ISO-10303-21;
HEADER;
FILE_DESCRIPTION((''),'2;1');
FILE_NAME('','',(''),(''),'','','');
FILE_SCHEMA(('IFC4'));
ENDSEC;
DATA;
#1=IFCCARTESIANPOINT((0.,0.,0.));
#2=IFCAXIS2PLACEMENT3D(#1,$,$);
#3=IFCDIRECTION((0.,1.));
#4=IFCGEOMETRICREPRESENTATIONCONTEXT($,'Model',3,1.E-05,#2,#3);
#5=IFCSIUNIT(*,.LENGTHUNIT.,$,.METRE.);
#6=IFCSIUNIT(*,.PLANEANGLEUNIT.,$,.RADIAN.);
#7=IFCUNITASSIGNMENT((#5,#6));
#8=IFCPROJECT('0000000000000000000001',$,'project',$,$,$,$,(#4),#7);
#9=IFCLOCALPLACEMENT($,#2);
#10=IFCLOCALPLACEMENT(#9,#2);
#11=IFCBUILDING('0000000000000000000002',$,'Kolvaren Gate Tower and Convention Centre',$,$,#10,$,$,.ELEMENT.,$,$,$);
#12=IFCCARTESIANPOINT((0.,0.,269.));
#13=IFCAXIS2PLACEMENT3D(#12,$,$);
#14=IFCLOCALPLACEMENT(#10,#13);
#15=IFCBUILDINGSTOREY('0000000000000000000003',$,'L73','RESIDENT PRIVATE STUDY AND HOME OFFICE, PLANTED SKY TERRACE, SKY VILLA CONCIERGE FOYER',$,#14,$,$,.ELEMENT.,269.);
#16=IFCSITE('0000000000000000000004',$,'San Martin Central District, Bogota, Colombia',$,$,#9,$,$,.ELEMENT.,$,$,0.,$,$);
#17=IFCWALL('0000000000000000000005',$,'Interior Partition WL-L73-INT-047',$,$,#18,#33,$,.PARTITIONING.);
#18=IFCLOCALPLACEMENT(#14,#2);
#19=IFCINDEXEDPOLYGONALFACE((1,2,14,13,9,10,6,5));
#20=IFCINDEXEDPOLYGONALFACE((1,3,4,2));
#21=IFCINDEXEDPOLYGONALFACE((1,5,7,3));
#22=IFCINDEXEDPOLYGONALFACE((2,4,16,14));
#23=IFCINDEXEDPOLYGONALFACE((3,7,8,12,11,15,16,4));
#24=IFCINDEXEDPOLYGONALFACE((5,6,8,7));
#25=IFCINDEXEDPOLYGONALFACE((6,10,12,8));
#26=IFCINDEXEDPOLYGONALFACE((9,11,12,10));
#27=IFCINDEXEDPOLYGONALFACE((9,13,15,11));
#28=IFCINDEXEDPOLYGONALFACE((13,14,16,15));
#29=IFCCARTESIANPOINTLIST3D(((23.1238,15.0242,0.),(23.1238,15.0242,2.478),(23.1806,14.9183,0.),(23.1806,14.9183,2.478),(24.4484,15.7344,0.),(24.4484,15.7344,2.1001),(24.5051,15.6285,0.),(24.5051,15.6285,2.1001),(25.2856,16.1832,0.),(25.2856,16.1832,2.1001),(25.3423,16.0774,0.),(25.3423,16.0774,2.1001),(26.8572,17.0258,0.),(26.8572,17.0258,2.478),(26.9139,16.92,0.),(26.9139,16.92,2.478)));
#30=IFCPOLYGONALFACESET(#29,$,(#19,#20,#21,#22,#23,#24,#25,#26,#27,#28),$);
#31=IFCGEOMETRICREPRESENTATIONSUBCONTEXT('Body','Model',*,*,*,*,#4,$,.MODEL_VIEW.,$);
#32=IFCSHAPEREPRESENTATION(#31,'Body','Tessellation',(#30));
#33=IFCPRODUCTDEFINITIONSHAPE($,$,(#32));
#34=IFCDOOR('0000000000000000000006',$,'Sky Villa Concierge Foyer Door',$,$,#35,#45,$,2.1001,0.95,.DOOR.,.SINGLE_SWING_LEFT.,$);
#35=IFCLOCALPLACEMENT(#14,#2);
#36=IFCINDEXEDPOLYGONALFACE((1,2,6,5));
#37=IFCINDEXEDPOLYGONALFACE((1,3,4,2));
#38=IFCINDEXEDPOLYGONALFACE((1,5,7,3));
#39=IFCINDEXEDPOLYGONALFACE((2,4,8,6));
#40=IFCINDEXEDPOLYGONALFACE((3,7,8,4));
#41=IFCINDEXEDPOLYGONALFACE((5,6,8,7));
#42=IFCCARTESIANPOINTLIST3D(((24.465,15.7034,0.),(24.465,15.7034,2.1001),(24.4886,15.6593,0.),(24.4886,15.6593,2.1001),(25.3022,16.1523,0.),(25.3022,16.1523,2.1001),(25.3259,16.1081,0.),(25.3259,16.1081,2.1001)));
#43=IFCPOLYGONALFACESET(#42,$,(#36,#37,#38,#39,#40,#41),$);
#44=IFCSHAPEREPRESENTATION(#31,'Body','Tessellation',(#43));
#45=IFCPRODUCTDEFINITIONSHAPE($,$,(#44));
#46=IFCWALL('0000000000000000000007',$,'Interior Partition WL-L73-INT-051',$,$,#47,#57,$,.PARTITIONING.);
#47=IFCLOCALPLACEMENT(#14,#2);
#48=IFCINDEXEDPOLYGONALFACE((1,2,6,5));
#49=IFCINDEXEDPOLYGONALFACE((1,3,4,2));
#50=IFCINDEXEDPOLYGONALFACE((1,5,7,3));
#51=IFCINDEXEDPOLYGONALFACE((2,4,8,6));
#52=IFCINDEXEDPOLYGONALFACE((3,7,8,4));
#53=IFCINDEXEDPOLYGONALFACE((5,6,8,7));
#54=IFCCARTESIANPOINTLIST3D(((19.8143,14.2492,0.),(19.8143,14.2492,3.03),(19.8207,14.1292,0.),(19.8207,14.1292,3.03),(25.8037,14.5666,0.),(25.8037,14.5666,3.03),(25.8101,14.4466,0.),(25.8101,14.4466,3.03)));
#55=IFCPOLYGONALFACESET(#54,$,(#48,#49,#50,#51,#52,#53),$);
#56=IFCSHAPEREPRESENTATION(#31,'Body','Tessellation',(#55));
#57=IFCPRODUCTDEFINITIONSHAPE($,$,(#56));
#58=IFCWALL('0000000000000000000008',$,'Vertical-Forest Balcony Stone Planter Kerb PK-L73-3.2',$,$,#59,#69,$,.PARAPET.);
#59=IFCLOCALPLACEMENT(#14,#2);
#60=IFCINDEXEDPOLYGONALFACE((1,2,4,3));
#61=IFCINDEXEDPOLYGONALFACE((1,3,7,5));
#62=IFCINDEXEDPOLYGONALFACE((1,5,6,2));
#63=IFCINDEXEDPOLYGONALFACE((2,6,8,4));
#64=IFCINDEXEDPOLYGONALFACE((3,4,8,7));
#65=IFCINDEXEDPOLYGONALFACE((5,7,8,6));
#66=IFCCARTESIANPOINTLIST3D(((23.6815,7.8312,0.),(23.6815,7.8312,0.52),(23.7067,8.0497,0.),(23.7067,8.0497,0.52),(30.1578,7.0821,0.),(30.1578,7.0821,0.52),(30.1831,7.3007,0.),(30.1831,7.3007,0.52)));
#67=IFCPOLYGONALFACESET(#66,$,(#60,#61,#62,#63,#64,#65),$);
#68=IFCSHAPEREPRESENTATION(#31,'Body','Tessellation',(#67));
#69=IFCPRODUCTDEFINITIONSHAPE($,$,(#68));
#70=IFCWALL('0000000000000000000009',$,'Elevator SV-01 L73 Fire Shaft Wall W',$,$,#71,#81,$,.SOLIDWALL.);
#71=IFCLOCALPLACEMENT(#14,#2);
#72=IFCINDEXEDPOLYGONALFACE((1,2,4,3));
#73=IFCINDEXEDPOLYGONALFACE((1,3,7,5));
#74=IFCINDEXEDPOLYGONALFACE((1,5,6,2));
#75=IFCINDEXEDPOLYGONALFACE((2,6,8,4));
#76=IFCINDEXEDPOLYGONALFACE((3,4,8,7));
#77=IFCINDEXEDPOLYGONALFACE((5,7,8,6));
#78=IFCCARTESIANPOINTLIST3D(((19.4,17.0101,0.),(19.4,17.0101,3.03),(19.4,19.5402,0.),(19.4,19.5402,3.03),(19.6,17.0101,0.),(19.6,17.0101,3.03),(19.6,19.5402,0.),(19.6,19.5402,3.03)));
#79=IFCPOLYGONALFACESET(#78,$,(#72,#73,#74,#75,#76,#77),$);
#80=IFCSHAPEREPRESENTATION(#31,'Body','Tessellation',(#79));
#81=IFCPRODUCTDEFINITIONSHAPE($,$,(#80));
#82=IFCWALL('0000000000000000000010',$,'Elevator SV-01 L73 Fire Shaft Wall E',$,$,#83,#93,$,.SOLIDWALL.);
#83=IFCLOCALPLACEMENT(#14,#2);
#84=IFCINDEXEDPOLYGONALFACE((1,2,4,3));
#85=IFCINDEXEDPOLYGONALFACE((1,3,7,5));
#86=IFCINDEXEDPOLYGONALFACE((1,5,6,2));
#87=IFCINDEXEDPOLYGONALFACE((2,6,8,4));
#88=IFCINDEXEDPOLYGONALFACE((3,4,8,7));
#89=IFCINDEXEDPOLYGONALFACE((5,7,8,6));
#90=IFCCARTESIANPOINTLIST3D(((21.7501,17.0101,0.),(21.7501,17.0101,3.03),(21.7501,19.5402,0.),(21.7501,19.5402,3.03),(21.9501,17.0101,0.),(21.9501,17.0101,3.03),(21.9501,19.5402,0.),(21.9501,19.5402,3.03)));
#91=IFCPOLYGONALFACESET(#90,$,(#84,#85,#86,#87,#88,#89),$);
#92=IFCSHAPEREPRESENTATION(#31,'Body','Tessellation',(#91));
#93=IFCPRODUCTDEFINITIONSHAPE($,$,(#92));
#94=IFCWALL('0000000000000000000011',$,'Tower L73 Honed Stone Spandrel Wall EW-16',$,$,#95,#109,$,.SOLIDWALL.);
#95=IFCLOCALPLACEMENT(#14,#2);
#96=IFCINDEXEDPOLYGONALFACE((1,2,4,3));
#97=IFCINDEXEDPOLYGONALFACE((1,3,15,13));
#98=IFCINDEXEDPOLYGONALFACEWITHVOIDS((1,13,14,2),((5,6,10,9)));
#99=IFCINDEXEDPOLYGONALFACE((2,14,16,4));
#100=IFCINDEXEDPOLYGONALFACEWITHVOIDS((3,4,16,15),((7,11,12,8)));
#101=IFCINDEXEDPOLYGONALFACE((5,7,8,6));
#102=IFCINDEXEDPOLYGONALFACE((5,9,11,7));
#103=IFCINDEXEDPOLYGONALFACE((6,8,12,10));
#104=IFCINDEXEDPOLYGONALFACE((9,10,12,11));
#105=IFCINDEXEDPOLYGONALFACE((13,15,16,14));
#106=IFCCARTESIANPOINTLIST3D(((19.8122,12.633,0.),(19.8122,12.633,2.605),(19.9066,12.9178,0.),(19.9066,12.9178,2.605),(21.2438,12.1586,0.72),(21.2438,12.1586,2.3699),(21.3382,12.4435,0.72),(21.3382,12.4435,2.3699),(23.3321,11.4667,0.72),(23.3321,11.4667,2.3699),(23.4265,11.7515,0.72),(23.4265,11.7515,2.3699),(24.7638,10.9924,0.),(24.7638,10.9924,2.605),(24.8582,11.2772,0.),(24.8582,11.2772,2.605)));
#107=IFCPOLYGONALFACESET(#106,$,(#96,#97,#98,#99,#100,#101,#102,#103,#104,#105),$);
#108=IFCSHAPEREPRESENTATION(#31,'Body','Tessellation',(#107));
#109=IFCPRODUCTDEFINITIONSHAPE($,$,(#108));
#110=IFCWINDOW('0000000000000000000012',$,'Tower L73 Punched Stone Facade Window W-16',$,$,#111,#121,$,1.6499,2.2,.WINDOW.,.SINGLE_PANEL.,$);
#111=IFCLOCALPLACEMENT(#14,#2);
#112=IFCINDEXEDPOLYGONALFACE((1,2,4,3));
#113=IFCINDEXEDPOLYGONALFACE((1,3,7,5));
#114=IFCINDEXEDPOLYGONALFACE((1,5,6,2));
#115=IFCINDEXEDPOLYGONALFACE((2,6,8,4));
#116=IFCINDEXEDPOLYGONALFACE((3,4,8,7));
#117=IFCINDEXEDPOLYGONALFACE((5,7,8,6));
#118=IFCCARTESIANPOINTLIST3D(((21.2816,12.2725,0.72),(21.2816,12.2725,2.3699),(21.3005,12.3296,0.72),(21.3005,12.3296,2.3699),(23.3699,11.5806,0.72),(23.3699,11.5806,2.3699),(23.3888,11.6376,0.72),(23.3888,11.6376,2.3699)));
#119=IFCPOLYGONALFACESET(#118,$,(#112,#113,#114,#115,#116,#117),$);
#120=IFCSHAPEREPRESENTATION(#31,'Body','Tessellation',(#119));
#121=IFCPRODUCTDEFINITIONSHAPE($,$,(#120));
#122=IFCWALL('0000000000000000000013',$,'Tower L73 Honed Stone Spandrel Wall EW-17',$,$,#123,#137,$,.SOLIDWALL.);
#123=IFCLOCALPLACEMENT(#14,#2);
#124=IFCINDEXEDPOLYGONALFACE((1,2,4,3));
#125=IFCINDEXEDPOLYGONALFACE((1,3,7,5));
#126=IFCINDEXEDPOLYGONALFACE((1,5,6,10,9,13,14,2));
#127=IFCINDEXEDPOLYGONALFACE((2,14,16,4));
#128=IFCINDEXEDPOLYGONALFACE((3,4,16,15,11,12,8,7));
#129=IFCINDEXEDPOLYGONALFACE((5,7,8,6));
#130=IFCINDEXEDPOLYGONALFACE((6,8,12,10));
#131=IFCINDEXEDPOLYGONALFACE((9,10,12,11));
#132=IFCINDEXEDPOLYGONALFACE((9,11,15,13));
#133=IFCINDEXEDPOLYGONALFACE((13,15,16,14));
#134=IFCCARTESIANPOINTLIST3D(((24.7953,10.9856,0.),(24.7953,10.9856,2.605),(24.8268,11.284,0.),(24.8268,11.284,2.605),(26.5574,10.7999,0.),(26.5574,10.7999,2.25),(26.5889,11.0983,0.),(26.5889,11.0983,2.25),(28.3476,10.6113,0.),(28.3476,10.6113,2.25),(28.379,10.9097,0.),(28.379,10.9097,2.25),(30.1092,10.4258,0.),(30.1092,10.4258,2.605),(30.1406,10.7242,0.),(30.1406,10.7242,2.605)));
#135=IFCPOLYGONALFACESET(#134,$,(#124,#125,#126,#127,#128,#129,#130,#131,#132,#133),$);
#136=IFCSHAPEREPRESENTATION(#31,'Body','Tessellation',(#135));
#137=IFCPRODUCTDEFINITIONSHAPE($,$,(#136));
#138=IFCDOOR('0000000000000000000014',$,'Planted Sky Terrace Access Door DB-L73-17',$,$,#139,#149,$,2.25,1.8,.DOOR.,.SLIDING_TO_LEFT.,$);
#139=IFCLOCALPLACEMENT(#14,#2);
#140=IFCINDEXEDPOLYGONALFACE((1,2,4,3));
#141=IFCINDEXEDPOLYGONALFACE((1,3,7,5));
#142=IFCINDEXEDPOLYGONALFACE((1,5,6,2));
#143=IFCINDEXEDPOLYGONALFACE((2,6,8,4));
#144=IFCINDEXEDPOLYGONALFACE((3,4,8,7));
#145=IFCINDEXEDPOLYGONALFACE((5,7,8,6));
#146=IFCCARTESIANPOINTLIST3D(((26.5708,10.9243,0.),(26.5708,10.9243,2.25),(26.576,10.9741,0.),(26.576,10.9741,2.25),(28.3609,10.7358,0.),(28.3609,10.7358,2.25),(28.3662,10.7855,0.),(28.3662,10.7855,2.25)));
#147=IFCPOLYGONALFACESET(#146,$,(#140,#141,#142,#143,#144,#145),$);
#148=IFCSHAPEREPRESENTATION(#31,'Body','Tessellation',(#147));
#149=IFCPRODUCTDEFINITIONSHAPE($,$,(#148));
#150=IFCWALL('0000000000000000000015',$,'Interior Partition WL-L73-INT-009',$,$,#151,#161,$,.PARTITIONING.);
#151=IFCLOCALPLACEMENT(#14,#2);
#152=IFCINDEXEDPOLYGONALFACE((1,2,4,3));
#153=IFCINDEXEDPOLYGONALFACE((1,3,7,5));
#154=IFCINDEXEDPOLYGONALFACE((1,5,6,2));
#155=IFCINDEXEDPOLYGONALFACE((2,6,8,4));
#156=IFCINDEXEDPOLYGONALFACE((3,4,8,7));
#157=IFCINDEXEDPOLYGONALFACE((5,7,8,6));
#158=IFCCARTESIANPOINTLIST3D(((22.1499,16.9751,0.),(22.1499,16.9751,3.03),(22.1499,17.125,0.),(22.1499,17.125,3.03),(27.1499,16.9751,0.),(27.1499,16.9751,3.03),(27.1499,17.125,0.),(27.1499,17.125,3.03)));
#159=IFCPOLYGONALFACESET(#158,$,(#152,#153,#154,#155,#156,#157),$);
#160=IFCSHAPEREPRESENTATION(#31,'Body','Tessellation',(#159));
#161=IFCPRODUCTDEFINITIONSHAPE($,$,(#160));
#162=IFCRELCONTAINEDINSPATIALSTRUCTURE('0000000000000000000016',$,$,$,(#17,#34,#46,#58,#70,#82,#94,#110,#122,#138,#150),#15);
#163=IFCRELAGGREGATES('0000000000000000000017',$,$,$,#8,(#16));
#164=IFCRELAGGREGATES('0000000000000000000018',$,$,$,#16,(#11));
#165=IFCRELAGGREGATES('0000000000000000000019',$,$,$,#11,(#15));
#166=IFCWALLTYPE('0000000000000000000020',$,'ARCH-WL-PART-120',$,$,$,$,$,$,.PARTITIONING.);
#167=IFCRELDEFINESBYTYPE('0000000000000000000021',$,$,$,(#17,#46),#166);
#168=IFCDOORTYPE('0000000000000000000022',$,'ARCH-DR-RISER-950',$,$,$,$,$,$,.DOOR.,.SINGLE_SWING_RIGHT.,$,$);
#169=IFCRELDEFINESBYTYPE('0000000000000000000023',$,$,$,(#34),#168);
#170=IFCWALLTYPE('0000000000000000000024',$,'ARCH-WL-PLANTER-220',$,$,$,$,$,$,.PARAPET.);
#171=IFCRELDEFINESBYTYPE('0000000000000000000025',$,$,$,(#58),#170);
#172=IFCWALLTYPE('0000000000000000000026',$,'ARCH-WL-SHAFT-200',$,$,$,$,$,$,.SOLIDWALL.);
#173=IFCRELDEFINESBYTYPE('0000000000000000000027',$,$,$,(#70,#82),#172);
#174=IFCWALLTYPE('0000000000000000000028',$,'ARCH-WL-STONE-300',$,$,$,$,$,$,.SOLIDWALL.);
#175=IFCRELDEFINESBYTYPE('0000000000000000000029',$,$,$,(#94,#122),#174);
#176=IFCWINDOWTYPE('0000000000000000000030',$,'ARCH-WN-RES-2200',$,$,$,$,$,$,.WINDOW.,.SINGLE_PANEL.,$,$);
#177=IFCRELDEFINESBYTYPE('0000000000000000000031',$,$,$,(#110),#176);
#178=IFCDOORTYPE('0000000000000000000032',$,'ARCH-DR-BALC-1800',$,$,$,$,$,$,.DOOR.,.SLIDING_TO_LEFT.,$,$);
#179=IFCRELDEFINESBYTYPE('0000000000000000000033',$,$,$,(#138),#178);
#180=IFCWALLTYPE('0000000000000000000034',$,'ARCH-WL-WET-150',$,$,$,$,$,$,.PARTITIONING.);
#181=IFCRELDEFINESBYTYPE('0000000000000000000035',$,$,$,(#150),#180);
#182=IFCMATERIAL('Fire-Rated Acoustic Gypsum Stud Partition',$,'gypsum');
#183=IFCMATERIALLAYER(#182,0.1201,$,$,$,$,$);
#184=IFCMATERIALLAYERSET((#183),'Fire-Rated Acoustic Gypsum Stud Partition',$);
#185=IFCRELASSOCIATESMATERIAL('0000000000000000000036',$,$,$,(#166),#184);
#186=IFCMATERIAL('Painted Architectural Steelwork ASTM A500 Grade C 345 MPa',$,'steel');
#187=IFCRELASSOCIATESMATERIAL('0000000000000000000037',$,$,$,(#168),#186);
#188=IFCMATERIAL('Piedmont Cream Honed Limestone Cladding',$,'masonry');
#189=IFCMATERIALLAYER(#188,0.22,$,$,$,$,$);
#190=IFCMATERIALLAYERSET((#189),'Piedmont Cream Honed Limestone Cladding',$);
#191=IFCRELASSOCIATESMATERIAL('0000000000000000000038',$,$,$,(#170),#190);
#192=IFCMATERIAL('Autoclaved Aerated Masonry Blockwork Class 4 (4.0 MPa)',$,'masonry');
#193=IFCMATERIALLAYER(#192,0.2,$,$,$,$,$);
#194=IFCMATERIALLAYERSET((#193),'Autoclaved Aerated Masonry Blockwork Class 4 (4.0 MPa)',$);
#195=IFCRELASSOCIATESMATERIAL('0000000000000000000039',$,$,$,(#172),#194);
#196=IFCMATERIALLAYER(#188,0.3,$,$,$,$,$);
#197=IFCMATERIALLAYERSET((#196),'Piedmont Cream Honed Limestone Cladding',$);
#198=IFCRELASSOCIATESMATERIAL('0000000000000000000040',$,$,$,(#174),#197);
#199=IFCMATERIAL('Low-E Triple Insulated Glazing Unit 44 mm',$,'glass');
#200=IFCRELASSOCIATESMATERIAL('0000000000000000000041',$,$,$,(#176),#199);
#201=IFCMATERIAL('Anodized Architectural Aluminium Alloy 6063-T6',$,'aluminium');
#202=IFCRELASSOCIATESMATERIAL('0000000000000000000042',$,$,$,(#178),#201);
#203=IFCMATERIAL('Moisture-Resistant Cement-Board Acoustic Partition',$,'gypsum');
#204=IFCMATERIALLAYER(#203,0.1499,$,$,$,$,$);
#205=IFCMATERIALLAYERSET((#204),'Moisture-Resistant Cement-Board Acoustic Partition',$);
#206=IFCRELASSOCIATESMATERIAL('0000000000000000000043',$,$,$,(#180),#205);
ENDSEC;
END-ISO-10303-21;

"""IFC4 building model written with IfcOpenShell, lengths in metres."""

from ifc_helpers import new_model, si_unit, direction, frame, frame_2d, origin, place, context, subcontext, project, spatial, rectangle, extrude, material, layer, layer_set, type_object, element, fill, save


model = new_model("IFC4")

# Units and contexts
model_context = context("Model", 3, precision=1e-05, world=origin(), true_north=direction((0.0, 1.0)))
body_context = subcontext(model_context, "Body", "Model", "MODEL_VIEW")
ifc_project = project(units=[si_unit("LENGTHUNIT", "METRE"), si_unit("PLANEANGLEUNIT", "RADIAN")], contexts=[model_context])

# Site, building, storey
site_placement = place(None, origin())
site = spatial("IfcSite", under=ifc_project, at=site_placement, Name="San Martin Central District, Bogota, Colombia", CompositionType="ELEMENT", RefElevation=0.0)
building_placement = place(site_placement, origin())
building = spatial("IfcBuilding", under=site, at=building_placement, Name="Kolvaren Gate Tower and Convention Centre", CompositionType="ELEMENT")
storey_placement = place(building_placement, frame((0.0, 0.0, 269.0)))
storey = spatial("IfcBuildingStorey", under=building, at=storey_placement, Name="L73", Description="RESIDENT PRIVATE STUDY AND HOME OFFICE, PLANTED SKY TERRACE, SKY VILLA CONCIERGE FOYER", CompositionType="ELEMENT", Elevation=269.0)

# Shared definitions
ifc_material_1 = material(Name="Fire-Rated Acoustic Gypsum Stud Partition", Category="gypsum")
ifc_layer_1 = layer(ifc_material_1, 0.1201)
ifc_layer_set_1 = layer_set([ifc_layer_1], Name="Fire-Rated Acoustic Gypsum Stud Partition")
wall_type_1 = type_object("IfcWallType", Name="ARCH-WL-PART-120", PredefinedType="PARTITIONING", material=ifc_layer_set_1)

# Wall, opening, door
wall_1_placement = place(storey_placement, frame((23.1521, 14.9712, 0.0), z_axis=(0.0, 0.0, 1.0), x_axis=(0.881315, 0.472528, 0.0)))
wall_1 = element("IfcWall", 1, at=wall_1_placement, inside=storey, type_object=wall_type_1, Name="Interior Partition WL-L73-INT-047", PredefinedType="PARTITIONING", context=body_context, shape_type="SweptSolid", body=[
    extrude(rectangle(XDim=4.2361, YDim=0.1201, at=frame_2d((2.1182, 0.0))), origin(), (0.0, 0.0, 1.0), 2.478),
])
opening_1_placement = place(wall_1_placement, frame((1.5029, 0.0, 0.0)))
opening_1 = element("IfcOpeningElement", 2, at=opening_1_placement, cuts=wall_1, PredefinedType="OPENING", context=body_context, shape_type="SweptSolid", body=[
    extrude(rectangle(XDim=0.95, YDim=2.1001, at=frame_2d((0.4751, 1.05))), frame((0.0, 0.0701, 0.0), z_axis=(0.0, -1.0, 0.0), x_axis=(1.0, 0.0, 0.0)), (0.0, 0.0, 1.0), 0.1401),
])
ifc_material_2 = material(Name="Painted Architectural Steelwork ASTM A500 Grade C 345 MPa", Category="steel")
door_type_1 = type_object("IfcDoorType", Name="ARCH-DR-RISER-950", OperationType="SINGLE_SWING_RIGHT", PredefinedType="DOOR", material=ifc_material_2)
door_1_placement = place(opening_1_placement, origin())
door_1 = element("IfcDoor", 3, at=door_1_placement, inside=storey, type_object=door_type_1, Name="Sky Villa Concierge Foyer Door", OperationType="SINGLE_SWING_LEFT", OverallHeight=2.1001, OverallWidth=0.95, PredefinedType="DOOR", context=body_context, shape_type="SweptSolid", body=[
    extrude(rectangle(XDim=0.95, YDim=2.1001, at=frame_2d((0.4751, 1.05))), frame((0.0, 0.0249, 0.0), z_axis=(0.0, -1.0, 0.0), x_axis=(1.0, 0.0, 0.0)), (0.0, 0.0, 1.0), 0.05),
])
fill(opening_1, door_1)

# Walls
wall_2_placement = place(storey_placement, frame((19.8174, 14.1892, 0.0), z_axis=(0.0, 0.0, 1.0), x_axis=(0.998599, 0.052916, 0.0)))
element("IfcWall", 4, at=wall_2_placement, inside=storey, type_object=wall_type_1, Name="Interior Partition WL-L73-INT-051", PredefinedType="PARTITIONING", context=body_context, shape_type="SweptSolid", body=[
    extrude(rectangle(XDim=5.9978, YDim=0.1201, at=frame_2d((2.999, 0.0))), origin(), (0.0, 0.0, 1.0), 3.03),
])
ifc_material_3 = material(Name="Piedmont Cream Honed Limestone Cladding", Category="masonry")
ifc_layer_2 = layer(ifc_material_3, 0.22)
ifc_layer_set_2 = layer_set([ifc_layer_2], Name="Piedmont Cream Honed Limestone Cladding")
wall_type_2 = type_object("IfcWallType", Name="ARCH-WL-PLANTER-220", PredefinedType="PARAPET", material=ifc_layer_set_2)
wall_3_placement = place(storey_placement, frame((23.6941, 7.9404, 0.0), z_axis=(0.0, 0.0, 1.0), x_axis=(0.993378, -0.11489, 0.0)))
element("IfcWall", 5, at=wall_3_placement, inside=storey, type_object=wall_type_2, Name="Vertical-Forest Balcony Stone Planter Kerb PK-L73-3.2", PredefinedType="PARAPET", context=body_context, shape_type="SweptSolid", body=[
    extrude(rectangle(XDim=6.5195, YDim=0.22, at=frame_2d((3.2598, 0.0))), origin(), (0.0, 0.0, 1.0), 0.52),
])
ifc_material_4 = material(Name="Autoclaved Aerated Masonry Blockwork Class 4 (4.0 MPa)", Category="masonry")
ifc_layer_3 = layer(ifc_material_4, 0.2)
ifc_layer_set_3 = layer_set([ifc_layer_3], Name="Autoclaved Aerated Masonry Blockwork Class 4 (4.0 MPa)")
wall_type_3 = type_object("IfcWallType", Name="ARCH-WL-SHAFT-200", PredefinedType="SOLIDWALL", material=ifc_layer_set_3)
for number, where, z_axis, x_axis, name in (
    (6, (19.5, 17.01, 0.0), (0.0, 0.0, 1.0), (0.0, 1.0, 0.0), "Elevator SV-01 L73 Fire Shaft Wall W"),
    (7, (21.8501, 17.01, 0.0), (0.0, 0.0, 1.0), (0.0, 1.0, 0.0), "Elevator SV-01 L73 Fire Shaft Wall E"),
):
    element("IfcWall", number, at=place(storey_placement, frame(where, z_axis=z_axis, x_axis=x_axis)), inside=storey, type_object=wall_type_3, Name=name, PredefinedType="SOLIDWALL", context=body_context, shape_type="SweptSolid", body=[
        extrude(rectangle(XDim=2.53, YDim=0.2, at=frame_2d((1.2651, 0.0))), origin(), (0.0, 0.0, 1.0), 3.03),
    ])

# Wall, opening, window
ifc_layer_4 = layer(ifc_material_3, 0.3)
ifc_layer_set_4 = layer_set([ifc_layer_4], Name="Piedmont Cream Honed Limestone Cladding")
wall_type_4 = type_object("IfcWallType", Name="ARCH-WL-STONE-300", PredefinedType="SOLIDWALL", material=ifc_layer_set_4)
wall_4_placement = place(storey_placement, frame((19.8594, 12.7754, 0.0), z_axis=(0.0, 0.0, 1.0), x_axis=(0.949253, -0.314514, 0.0)))
wall_4 = element("IfcWall", 8, at=wall_4_placement, inside=storey, type_object=wall_type_4, Name="Tower L73 Honed Stone Spandrel Wall EW-16", PredefinedType="SOLIDWALL", context=body_context, shape_type="SweptSolid", body=[
    extrude(rectangle(XDim=5.2163, YDim=0.3, at=frame_2d((2.6082, 0.0))), origin(), (0.0, 0.0, 1.0), 2.605),
])
opening_2_placement = place(wall_4_placement, frame((1.5081, 0.0, 0.72)))
opening_2 = element("IfcOpeningElement", 9, at=opening_2_placement, cuts=wall_4, PredefinedType="OPENING", context=body_context, shape_type="SweptSolid", body=[
    extrude(rectangle(XDim=2.2, YDim=1.6499, at=frame_2d((1.1001, 0.825))), frame((0.0, 0.1599, 0.0), z_axis=(0.0, -1.0, 0.0), x_axis=(1.0, 0.0, 0.0)), (0.0, 0.0, 1.0), 0.3201),
])
ifc_material_5 = material(Name="Low-E Triple Insulated Glazing Unit 44 mm", Category="glass")
window_type = type_object("IfcWindowType", Name="ARCH-WN-RES-2200", PartitioningType="SINGLE_PANEL", PredefinedType="WINDOW", material=ifc_material_5)
window_placement = place(opening_2_placement, origin())
window = element("IfcWindow", 10, at=window_placement, inside=storey, type_object=window_type, Name="Tower L73 Punched Stone Facade Window W-16", OverallHeight=1.6499, OverallWidth=2.2, PartitioningType="SINGLE_PANEL", PredefinedType="WINDOW", context=body_context, shape_type="SweptSolid", body=[
    extrude(rectangle(XDim=2.2, YDim=1.6499, at=frame_2d((1.1001, 0.825))), frame((0.0, 0.03, 0.0), z_axis=(0.0, -1.0, 0.0), x_axis=(1.0, 0.0, 0.0)), (0.0, 0.0, 1.0), 0.0601),
])
fill(opening_2, window)

# Wall, opening, door
wall_5_placement = place(storey_placement, frame((24.811, 11.1348, 0.0), z_axis=(0.0, 0.0, 1.0), x_axis=(0.994497, -0.104768, 0.0)))
wall_5 = element("IfcWall", 11, at=wall_5_placement, inside=storey, type_object=wall_type_4, Name="Tower L73 Honed Stone Spandrel Wall EW-17", PredefinedType="SOLIDWALL", context=body_context, shape_type="SweptSolid", body=[
    extrude(rectangle(XDim=5.3433, YDim=0.3, at=frame_2d((2.6716, 0.0))), origin(), (0.0, 0.0, 1.0), 2.605),
])
opening_3_placement = place(wall_5_placement, frame((1.772, 0.0, 0.0)))
opening_3 = element("IfcOpeningElement", 12, at=opening_3_placement, cuts=wall_5, PredefinedType="OPENING", context=body_context, shape_type="SweptSolid", body=[
    extrude(rectangle(XDim=1.8, YDim=2.25, at=frame_2d((0.8999, 1.125))), frame((0.0, 0.1599, 0.0), z_axis=(0.0, -1.0, 0.0), x_axis=(1.0, 0.0, 0.0)), (0.0, 0.0, 1.0), 0.3201),
])
ifc_material_6 = material(Name="Anodized Architectural Aluminium Alloy 6063-T6", Category="aluminium")
door_type_2 = type_object("IfcDoorType", Name="ARCH-DR-BALC-1800", OperationType="SLIDING_TO_LEFT", PredefinedType="DOOR", material=ifc_material_6)
door_2_placement = place(opening_3_placement, frame((1.8, 0.0, 0.0), z_axis=(0.0, 0.0, 1.0), x_axis=(-1.0, 0.0, 0.0)))
door_2 = element("IfcDoor", 13, at=door_2_placement, inside=storey, type_object=door_type_2, Name="Planted Sky Terrace Access Door DB-L73-17", OperationType="SLIDING_TO_LEFT", OverallHeight=2.25, OverallWidth=1.8, PredefinedType="DOOR", context=body_context, shape_type="SweptSolid", body=[
    extrude(rectangle(XDim=1.8, YDim=2.25, at=frame_2d((0.8999, 1.125))), frame((0.0, 0.0249, 0.0), z_axis=(0.0, -1.0, 0.0), x_axis=(1.0, 0.0, 0.0)), (0.0, 0.0, 1.0), 0.05),
])
fill(opening_3, door_2)

# Wall
ifc_material_7 = material(Name="Moisture-Resistant Cement-Board Acoustic Partition", Category="gypsum")
ifc_layer_5 = layer(ifc_material_7, 0.1499)
ifc_layer_set_5 = layer_set([ifc_layer_5], Name="Moisture-Resistant Cement-Board Acoustic Partition")
wall_type_5 = type_object("IfcWallType", Name="ARCH-WL-WET-150", PredefinedType="PARTITIONING", material=ifc_layer_set_5)
wall_6_placement = place(storey_placement, frame((22.1499, 17.05, 0.0), z_axis=(0.0, 0.0, 1.0), x_axis=(1.0, 0.0, 0.0)))
element("IfcWall", 14, at=wall_6_placement, inside=storey, type_object=wall_type_5, Name="Interior Partition WL-L73-INT-009", PredefinedType="PARTITIONING", context=body_context, shape_type="SweptSolid", body=[
    extrude(rectangle(XDim=5.0, YDim=0.1499, at=frame_2d((2.5, 0.0))), origin(), (0.0, 0.0, 1.0), 3.03),
])

save(model, "model.ifc")
